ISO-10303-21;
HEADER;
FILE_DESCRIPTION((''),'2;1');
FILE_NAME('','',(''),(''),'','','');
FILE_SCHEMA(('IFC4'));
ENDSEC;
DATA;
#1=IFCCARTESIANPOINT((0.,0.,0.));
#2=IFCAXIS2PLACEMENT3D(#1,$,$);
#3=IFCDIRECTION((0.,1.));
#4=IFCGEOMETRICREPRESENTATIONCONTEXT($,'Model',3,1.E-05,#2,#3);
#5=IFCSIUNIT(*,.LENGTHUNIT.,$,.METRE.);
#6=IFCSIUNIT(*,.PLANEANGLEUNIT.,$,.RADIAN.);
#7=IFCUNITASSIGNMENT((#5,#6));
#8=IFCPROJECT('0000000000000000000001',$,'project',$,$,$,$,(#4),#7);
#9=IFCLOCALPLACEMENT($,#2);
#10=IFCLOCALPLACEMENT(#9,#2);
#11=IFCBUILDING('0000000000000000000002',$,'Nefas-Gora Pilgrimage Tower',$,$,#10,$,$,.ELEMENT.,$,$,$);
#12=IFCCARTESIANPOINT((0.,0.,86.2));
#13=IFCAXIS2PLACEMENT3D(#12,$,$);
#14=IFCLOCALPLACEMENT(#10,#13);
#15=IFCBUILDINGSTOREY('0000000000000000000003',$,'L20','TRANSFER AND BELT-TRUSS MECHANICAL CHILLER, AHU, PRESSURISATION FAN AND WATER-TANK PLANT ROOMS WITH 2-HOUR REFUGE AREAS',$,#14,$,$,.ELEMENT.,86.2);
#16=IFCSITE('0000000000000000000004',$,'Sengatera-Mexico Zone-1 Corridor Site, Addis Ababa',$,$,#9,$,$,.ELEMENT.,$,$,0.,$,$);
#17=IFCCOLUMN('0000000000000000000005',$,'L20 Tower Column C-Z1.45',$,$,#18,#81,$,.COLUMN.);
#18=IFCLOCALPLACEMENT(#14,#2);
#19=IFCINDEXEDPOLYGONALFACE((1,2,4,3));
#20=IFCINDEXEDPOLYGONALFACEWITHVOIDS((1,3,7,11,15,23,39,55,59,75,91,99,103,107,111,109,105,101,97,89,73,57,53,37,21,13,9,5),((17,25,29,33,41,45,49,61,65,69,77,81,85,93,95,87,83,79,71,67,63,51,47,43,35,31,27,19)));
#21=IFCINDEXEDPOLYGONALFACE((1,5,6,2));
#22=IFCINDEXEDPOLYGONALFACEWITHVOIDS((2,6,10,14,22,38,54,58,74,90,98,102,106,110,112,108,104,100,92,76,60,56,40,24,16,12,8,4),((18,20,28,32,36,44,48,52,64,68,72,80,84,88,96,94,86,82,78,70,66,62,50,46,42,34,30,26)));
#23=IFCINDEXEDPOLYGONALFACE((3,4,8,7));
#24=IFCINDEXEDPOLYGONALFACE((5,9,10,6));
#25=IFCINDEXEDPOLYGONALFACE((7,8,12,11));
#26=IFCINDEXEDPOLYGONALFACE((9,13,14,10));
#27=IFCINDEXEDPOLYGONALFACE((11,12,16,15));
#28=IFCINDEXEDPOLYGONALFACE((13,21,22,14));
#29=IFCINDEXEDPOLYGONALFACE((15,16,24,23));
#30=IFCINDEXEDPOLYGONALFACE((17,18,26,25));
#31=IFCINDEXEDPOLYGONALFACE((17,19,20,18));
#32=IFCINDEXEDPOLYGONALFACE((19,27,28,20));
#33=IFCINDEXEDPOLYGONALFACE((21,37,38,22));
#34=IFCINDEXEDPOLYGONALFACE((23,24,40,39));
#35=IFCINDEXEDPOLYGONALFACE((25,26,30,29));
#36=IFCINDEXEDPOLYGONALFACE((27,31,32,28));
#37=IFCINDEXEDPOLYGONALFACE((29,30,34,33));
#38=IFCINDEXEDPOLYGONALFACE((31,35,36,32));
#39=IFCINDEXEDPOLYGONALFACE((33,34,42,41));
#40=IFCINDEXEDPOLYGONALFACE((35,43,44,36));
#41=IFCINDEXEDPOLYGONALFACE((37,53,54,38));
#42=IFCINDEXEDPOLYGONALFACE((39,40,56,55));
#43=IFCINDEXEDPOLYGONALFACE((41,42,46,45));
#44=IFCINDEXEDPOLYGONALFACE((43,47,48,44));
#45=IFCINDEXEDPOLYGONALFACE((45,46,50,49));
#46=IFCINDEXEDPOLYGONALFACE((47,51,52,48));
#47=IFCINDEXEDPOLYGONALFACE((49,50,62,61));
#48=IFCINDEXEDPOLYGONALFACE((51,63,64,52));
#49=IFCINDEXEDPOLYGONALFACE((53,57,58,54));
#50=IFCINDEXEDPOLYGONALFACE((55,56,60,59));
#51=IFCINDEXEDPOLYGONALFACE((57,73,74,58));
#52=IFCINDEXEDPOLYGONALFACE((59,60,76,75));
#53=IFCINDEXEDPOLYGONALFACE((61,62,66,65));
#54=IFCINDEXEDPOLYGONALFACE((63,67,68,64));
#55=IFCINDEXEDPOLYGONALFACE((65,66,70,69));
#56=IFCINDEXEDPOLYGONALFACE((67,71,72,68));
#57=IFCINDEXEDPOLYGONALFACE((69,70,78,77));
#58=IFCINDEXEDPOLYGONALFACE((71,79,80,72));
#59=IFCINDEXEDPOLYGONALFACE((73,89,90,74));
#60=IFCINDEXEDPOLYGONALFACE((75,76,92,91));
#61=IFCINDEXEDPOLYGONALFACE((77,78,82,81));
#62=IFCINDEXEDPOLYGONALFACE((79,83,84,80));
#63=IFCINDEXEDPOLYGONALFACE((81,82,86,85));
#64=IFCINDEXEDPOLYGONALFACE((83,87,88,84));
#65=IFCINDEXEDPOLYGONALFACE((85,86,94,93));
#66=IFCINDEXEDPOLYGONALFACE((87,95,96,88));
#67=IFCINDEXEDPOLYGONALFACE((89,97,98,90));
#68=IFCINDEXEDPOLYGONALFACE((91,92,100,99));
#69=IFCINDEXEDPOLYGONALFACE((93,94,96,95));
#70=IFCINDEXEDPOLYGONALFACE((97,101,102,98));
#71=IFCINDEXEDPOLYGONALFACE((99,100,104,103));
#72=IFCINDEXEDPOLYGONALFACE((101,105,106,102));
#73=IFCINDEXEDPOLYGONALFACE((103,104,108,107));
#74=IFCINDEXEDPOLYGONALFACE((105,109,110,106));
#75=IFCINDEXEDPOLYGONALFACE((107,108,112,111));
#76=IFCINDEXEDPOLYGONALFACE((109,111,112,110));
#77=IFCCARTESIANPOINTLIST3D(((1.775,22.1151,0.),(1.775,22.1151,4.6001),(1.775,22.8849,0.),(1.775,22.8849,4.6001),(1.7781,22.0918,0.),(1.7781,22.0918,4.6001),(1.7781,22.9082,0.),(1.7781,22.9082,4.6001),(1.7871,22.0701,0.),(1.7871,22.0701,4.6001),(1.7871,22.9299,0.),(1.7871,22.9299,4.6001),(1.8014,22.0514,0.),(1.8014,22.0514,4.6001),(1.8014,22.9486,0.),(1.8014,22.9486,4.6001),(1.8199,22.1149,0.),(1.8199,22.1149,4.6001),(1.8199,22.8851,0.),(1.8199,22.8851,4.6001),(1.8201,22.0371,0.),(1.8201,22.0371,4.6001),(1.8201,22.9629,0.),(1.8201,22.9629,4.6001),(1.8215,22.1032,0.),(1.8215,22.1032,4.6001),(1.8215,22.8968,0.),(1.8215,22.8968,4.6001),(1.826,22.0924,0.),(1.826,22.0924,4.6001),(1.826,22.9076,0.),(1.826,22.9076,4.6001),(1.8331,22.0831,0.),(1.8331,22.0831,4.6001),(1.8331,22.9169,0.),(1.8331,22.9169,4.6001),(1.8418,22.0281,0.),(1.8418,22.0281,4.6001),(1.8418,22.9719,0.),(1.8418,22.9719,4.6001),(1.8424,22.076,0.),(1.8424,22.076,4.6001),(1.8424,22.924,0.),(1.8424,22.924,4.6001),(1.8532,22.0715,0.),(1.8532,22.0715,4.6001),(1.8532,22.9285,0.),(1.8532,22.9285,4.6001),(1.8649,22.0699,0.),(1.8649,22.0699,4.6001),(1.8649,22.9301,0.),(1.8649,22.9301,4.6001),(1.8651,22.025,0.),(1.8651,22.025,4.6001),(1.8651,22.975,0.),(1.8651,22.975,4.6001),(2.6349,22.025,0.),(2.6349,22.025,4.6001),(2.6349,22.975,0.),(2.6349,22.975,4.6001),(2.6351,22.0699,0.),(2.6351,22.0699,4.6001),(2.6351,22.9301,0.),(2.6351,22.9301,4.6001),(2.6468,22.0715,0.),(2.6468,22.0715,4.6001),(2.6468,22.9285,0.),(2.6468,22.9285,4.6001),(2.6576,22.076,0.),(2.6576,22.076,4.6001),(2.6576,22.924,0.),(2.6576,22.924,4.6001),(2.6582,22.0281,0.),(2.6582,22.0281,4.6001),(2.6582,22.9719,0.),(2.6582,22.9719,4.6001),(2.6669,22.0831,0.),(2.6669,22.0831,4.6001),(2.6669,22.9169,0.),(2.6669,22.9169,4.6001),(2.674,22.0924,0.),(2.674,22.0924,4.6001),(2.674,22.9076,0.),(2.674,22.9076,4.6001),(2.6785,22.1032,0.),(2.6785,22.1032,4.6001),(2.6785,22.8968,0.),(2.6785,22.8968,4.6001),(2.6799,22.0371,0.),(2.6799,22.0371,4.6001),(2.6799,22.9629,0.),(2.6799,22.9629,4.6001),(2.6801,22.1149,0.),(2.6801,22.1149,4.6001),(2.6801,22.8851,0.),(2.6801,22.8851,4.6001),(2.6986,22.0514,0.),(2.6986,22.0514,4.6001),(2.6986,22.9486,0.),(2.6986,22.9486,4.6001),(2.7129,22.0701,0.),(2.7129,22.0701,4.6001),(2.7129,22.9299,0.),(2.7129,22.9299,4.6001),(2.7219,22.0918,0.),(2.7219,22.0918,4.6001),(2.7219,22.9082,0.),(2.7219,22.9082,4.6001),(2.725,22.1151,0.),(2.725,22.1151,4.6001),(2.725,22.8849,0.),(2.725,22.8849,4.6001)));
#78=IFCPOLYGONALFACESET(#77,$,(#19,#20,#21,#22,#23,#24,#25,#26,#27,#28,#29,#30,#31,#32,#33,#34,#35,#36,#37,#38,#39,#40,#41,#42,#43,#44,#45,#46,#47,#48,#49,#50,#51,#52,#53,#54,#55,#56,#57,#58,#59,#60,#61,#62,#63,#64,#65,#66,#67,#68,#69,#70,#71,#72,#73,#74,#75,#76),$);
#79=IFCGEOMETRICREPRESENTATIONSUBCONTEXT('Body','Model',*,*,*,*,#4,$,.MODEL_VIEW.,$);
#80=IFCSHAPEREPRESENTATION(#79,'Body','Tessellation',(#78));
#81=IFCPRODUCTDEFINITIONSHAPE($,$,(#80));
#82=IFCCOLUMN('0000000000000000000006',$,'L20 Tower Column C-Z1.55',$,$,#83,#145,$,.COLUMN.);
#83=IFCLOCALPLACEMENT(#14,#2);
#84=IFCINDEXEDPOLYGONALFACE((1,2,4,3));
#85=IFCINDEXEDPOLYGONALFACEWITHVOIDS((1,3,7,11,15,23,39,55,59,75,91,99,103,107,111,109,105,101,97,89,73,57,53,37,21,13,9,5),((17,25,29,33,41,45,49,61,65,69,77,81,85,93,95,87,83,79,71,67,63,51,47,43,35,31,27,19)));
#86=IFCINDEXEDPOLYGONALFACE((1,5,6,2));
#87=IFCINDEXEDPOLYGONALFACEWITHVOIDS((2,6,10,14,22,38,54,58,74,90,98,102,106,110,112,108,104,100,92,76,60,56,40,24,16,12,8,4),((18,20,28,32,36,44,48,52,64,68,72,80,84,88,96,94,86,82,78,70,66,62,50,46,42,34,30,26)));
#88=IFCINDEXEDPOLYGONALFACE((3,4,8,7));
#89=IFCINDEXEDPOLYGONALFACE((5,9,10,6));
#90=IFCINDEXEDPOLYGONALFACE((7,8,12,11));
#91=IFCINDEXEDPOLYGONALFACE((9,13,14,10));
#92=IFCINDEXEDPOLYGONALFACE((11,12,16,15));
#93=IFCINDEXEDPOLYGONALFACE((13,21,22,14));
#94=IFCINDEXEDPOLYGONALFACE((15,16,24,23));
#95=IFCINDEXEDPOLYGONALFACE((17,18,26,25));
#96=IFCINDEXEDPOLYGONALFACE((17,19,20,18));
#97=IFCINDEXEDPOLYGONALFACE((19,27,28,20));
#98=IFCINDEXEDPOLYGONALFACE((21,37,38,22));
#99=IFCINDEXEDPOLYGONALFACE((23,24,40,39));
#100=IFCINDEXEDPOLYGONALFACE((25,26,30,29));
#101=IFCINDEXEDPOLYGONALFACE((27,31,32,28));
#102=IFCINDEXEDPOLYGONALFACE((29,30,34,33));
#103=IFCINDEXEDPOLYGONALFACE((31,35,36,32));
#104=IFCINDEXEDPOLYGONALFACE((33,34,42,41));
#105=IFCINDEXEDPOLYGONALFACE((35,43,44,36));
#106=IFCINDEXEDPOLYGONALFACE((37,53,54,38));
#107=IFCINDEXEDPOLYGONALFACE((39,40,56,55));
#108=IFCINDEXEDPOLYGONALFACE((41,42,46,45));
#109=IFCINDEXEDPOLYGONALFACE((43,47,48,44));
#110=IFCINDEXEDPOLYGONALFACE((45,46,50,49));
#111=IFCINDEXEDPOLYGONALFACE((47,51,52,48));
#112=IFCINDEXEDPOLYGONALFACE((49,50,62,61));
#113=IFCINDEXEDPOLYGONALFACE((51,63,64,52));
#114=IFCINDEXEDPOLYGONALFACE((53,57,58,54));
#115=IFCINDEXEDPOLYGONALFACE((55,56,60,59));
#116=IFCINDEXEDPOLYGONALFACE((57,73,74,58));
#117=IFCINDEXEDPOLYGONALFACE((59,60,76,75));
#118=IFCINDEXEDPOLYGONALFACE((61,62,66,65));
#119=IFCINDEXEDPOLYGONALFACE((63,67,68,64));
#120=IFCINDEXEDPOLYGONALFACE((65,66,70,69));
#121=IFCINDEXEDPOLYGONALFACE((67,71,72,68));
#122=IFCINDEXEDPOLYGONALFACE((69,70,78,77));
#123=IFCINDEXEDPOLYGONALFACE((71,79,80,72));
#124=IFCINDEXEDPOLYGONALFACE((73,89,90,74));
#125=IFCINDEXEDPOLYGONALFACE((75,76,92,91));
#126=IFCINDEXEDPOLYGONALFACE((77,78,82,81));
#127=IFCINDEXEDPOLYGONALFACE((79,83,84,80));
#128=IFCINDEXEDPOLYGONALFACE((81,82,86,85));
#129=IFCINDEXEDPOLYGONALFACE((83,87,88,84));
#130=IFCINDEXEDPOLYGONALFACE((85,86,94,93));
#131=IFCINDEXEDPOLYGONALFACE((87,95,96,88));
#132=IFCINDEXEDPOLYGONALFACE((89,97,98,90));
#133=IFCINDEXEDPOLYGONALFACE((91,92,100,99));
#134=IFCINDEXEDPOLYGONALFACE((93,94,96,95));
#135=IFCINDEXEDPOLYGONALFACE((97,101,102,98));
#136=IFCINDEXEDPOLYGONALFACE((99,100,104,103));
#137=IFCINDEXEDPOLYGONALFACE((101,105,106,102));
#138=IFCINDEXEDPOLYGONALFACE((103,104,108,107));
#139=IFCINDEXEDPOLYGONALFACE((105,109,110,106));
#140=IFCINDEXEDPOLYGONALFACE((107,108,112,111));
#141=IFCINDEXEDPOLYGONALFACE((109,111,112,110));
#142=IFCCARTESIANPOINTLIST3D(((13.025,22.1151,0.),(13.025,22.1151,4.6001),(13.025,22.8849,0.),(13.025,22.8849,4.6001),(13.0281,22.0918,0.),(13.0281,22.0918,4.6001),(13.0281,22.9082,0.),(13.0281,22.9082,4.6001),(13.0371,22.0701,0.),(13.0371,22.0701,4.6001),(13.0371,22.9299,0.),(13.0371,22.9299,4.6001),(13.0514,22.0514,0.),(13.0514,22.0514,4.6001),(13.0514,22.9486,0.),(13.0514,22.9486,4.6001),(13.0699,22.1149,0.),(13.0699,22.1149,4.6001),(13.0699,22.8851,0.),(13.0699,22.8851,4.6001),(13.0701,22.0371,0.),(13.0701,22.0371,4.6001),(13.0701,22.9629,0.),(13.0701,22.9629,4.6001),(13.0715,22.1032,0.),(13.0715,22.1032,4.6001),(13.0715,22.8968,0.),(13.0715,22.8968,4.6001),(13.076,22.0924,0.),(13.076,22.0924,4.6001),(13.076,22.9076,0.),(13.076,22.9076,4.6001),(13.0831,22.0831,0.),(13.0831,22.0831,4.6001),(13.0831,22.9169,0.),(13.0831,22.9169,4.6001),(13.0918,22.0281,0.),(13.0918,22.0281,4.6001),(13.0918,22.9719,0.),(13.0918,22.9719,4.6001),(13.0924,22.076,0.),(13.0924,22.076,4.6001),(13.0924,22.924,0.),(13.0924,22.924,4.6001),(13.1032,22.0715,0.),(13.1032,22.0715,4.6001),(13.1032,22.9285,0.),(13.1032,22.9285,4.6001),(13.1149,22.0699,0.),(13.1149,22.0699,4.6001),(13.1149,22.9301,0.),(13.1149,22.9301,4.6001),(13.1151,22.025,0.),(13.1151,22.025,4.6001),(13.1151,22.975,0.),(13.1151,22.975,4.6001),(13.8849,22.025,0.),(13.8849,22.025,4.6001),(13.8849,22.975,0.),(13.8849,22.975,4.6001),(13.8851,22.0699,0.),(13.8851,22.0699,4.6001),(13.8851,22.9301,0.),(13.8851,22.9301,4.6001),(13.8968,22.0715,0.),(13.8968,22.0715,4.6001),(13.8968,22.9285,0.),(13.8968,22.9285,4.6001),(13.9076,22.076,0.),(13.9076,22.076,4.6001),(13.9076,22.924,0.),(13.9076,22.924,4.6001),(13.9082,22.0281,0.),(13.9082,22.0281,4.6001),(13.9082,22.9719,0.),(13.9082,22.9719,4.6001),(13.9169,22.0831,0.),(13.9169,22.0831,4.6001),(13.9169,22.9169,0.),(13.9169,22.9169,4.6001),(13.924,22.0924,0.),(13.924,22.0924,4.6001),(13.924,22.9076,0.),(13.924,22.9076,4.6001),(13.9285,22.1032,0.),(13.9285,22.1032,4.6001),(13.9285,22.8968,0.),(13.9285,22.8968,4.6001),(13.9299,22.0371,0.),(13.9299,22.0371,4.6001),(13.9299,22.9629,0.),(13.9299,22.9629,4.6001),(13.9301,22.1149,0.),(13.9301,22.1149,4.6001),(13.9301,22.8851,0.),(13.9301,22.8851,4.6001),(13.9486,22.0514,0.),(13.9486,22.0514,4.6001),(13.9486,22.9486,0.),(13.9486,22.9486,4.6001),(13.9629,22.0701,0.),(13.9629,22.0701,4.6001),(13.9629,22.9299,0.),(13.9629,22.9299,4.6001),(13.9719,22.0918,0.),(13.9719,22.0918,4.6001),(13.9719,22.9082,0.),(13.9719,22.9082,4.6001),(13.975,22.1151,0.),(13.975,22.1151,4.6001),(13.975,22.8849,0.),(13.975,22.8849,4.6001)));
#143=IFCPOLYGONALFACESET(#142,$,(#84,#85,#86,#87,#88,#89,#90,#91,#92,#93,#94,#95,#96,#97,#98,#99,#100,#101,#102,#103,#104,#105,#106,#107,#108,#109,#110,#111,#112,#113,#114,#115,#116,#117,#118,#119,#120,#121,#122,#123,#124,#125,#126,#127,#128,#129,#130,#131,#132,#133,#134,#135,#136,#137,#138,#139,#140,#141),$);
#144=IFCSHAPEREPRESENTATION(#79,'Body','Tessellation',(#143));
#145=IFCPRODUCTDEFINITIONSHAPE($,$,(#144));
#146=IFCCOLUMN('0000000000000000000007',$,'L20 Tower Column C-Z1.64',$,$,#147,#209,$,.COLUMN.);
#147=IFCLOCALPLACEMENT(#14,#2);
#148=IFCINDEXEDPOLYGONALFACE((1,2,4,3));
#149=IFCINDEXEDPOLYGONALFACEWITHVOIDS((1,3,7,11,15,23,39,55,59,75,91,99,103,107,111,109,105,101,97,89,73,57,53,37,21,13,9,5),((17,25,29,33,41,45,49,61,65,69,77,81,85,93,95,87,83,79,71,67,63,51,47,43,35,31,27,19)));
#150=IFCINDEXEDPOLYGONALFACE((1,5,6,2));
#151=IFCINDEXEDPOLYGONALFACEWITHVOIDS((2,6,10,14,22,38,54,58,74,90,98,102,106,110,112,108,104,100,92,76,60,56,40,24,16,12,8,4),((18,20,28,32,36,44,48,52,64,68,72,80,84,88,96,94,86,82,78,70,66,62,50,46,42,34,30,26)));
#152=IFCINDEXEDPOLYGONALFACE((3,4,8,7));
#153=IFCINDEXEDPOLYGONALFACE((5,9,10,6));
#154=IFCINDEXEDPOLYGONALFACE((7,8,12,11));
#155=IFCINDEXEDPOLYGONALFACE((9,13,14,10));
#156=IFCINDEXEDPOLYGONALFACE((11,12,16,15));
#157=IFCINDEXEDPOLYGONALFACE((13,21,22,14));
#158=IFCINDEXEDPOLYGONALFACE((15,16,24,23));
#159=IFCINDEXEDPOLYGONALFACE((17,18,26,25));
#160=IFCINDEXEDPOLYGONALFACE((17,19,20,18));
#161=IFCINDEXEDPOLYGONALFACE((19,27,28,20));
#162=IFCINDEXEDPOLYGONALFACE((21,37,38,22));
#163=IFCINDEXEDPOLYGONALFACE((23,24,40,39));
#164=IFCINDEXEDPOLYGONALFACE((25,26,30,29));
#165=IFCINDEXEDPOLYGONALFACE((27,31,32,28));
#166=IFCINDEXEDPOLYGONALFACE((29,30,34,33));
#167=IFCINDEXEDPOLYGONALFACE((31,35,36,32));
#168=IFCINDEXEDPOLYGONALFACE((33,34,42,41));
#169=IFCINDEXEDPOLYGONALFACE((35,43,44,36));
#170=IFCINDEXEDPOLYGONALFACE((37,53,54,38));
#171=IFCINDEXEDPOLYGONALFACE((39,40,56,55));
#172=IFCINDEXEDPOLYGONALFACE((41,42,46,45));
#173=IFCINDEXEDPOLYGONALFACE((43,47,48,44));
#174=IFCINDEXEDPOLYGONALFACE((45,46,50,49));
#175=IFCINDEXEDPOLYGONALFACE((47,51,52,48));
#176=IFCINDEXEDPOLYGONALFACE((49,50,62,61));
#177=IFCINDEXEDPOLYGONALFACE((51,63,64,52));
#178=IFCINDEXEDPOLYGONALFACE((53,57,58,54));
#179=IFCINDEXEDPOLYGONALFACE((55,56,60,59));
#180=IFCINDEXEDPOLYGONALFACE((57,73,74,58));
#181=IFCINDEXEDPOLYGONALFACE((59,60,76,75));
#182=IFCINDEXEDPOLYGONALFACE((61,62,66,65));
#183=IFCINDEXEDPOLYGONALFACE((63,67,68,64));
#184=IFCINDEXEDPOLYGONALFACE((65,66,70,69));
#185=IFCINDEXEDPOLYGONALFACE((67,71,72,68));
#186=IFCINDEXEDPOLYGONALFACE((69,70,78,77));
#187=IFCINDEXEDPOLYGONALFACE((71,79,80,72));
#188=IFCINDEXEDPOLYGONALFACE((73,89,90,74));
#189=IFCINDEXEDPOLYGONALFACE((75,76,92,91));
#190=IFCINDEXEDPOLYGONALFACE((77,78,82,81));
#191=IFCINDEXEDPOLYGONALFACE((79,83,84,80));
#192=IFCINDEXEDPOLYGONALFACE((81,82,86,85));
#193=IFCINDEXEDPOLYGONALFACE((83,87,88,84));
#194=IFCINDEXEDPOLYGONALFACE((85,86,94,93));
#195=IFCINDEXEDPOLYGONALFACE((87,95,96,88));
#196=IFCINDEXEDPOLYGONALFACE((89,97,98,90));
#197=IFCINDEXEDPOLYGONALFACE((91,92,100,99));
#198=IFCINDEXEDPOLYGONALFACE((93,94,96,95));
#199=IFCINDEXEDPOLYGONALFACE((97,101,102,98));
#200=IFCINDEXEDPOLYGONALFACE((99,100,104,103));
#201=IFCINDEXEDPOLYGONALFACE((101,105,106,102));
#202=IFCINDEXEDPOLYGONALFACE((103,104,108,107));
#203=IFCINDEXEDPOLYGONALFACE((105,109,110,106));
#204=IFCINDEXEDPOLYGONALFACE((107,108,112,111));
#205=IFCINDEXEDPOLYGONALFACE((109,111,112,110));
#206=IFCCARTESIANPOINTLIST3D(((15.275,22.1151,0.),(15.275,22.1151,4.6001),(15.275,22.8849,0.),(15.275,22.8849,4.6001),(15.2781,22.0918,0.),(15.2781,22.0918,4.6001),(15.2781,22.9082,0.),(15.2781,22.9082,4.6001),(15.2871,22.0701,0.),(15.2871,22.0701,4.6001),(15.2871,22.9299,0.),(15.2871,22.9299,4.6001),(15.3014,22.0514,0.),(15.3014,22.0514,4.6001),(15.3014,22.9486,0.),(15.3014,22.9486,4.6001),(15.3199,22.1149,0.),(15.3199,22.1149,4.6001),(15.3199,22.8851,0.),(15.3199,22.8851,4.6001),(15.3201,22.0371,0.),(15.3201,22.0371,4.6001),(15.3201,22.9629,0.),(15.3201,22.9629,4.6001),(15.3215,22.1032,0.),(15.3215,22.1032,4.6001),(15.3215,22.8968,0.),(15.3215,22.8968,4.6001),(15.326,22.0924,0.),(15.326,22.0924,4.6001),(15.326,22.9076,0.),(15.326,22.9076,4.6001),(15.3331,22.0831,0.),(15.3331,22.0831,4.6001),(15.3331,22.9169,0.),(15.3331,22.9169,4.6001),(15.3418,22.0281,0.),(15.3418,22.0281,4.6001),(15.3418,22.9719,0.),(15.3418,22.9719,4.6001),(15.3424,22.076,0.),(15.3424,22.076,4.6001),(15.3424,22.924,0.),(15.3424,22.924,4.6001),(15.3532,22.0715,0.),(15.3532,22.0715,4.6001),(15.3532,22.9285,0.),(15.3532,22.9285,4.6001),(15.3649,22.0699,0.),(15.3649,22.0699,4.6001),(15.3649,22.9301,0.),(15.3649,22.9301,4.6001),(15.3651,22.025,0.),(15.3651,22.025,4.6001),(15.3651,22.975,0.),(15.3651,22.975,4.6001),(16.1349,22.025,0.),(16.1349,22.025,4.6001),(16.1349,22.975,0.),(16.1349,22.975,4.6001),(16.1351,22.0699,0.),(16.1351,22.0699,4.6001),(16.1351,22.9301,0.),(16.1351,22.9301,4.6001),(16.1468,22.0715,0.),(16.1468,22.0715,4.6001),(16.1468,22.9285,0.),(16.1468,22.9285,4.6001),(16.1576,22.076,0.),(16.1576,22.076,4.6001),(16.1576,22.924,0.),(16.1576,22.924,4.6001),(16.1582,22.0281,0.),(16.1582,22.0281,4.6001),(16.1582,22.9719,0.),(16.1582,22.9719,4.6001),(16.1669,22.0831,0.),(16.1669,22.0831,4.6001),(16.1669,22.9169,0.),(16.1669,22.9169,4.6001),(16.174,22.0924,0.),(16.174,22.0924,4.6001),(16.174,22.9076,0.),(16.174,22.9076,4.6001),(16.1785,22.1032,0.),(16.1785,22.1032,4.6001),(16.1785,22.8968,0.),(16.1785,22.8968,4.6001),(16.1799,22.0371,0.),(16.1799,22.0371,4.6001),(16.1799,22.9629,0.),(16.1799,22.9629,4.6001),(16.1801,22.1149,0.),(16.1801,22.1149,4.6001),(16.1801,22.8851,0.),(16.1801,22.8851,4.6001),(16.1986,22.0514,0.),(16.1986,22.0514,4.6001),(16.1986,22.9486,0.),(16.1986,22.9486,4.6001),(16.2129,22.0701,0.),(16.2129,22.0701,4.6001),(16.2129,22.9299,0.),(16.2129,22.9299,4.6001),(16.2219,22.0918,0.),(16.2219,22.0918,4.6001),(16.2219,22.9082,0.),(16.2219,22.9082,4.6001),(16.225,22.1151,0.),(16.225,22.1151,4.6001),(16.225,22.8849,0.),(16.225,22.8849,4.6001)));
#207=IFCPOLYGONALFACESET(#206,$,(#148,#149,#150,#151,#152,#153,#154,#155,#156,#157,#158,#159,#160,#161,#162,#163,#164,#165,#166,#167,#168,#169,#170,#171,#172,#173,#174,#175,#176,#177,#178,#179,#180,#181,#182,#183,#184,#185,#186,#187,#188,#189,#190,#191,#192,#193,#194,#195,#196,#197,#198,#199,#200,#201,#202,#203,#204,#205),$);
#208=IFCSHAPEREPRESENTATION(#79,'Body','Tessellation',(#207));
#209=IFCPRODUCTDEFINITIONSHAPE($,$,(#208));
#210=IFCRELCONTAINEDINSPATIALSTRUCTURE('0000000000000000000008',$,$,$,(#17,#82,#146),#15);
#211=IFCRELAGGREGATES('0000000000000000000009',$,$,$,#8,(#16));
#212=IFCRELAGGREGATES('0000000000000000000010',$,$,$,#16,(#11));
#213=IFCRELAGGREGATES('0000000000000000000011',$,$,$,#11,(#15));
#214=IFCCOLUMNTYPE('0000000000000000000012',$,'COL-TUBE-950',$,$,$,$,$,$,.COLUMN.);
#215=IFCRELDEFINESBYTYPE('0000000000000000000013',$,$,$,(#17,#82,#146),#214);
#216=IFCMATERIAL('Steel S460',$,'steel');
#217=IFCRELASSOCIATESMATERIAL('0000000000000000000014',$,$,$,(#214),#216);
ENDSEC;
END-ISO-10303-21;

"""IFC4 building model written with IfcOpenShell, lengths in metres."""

from ifc_helpers import new_model, si_unit, direction, frame, origin, origin_2d, place, context, subcontext, project, spatial, hollow_rectangle, extrude, source, transform, mapped, material, material_profile, profile_set, type_object, element, save


model = new_model("IFC4")

# Units and contexts
model_context = context("Model", 3, precision=1e-05, world=origin(), true_north=direction((0.0, 1.0)))
body_context = subcontext(model_context, "Body", "Model", "MODEL_VIEW")
ifc_project = project(units=[si_unit("LENGTHUNIT", "METRE"), si_unit("PLANEANGLEUNIT", "RADIAN")], contexts=[model_context])

# Site, building, storey
site_placement = place(None, origin())
site = spatial("IfcSite", under=ifc_project, at=site_placement, Name="Sengatera-Mexico Zone-1 Corridor Site, Addis Ababa", CompositionType="ELEMENT", RefElevation=0.0)
building_placement = place(site_placement, origin())
building = spatial("IfcBuilding", under=site, at=building_placement, Name="Nefas-Gora Pilgrimage Tower", CompositionType="ELEMENT")
storey_placement = place(building_placement, frame((0.0, 0.0, 86.2)))
storey = spatial("IfcBuildingStorey", under=building, at=storey_placement, Name="L20", Description="TRANSFER AND BELT-TRUSS MECHANICAL CHILLER, AHU, PRESSURISATION FAN AND WATER-TANK PLANT ROOMS WITH 2-HOUR REFUGE AREAS", CompositionType="ELEMENT", Elevation=86.2)

# Columns
ifc_material_1 = material(Name="Steel S460", Category="steel")
ifc_material_profile_1 = material_profile(ifc_material_1, hollow_rectangle(XDim=0.95, YDim=0.95, WallThickness=0.0449, InnerFilletRadius=0.0449, OuterFilletRadius=0.0901, at=origin_2d()), Name="BOX 950x950x45")
ifc_profile_set_1 = profile_set([ifc_material_profile_1], Name="Steel S460")
column_type_1 = type_object("IfcColumnType", Name="COL-TUBE-950", PredefinedType="COLUMN", material=ifc_profile_set_1)
shared_shape_1 = source(origin(), body_context, "Body", "SweptSolid", [
    extrude(hollow_rectangle(XDim=0.95, YDim=0.95, WallThickness=0.0449, InnerFilletRadius=0.0449, OuterFilletRadius=0.0901, at=origin_2d()), origin(), (0.0, 0.0, 1.0), 4.6001),
])
for number, where, z_axis, x_axis, name in (
    (1, (2.25, 22.5, 0.0), (0.0, 0.0, 1.0), (1.0, 0.0, 0.0), "L20 Tower Column C-Z1.45"),
    (2, (13.5, 22.5, 0.0), (0.0, 0.0, 1.0), (1.0, 0.0, 0.0), "L20 Tower Column C-Z1.55"),
    (3, (15.75, 22.5, 0.0), (0.0, 0.0, 1.0), (1.0, 0.0, 0.0), "L20 Tower Column C-Z1.64"),
):
    element("IfcColumn", number, at=place(storey_placement, frame(where, z_axis=z_axis, x_axis=x_axis)), inside=storey, type_object=column_type_1, Name=name, PredefinedType="COLUMN", context=body_context, shape_type="MappedRepresentation", body=[
        mapped(shared_shape_1, transform((0.0, 0.0, 0.0), x_axis=(1.0, 0.0, 0.0), y_axis=(0.0, 1.0, 0.0), z_axis=(0.0, 0.0, 1.0), scale=1.0)),
    ])

save(model, "model.ifc")
